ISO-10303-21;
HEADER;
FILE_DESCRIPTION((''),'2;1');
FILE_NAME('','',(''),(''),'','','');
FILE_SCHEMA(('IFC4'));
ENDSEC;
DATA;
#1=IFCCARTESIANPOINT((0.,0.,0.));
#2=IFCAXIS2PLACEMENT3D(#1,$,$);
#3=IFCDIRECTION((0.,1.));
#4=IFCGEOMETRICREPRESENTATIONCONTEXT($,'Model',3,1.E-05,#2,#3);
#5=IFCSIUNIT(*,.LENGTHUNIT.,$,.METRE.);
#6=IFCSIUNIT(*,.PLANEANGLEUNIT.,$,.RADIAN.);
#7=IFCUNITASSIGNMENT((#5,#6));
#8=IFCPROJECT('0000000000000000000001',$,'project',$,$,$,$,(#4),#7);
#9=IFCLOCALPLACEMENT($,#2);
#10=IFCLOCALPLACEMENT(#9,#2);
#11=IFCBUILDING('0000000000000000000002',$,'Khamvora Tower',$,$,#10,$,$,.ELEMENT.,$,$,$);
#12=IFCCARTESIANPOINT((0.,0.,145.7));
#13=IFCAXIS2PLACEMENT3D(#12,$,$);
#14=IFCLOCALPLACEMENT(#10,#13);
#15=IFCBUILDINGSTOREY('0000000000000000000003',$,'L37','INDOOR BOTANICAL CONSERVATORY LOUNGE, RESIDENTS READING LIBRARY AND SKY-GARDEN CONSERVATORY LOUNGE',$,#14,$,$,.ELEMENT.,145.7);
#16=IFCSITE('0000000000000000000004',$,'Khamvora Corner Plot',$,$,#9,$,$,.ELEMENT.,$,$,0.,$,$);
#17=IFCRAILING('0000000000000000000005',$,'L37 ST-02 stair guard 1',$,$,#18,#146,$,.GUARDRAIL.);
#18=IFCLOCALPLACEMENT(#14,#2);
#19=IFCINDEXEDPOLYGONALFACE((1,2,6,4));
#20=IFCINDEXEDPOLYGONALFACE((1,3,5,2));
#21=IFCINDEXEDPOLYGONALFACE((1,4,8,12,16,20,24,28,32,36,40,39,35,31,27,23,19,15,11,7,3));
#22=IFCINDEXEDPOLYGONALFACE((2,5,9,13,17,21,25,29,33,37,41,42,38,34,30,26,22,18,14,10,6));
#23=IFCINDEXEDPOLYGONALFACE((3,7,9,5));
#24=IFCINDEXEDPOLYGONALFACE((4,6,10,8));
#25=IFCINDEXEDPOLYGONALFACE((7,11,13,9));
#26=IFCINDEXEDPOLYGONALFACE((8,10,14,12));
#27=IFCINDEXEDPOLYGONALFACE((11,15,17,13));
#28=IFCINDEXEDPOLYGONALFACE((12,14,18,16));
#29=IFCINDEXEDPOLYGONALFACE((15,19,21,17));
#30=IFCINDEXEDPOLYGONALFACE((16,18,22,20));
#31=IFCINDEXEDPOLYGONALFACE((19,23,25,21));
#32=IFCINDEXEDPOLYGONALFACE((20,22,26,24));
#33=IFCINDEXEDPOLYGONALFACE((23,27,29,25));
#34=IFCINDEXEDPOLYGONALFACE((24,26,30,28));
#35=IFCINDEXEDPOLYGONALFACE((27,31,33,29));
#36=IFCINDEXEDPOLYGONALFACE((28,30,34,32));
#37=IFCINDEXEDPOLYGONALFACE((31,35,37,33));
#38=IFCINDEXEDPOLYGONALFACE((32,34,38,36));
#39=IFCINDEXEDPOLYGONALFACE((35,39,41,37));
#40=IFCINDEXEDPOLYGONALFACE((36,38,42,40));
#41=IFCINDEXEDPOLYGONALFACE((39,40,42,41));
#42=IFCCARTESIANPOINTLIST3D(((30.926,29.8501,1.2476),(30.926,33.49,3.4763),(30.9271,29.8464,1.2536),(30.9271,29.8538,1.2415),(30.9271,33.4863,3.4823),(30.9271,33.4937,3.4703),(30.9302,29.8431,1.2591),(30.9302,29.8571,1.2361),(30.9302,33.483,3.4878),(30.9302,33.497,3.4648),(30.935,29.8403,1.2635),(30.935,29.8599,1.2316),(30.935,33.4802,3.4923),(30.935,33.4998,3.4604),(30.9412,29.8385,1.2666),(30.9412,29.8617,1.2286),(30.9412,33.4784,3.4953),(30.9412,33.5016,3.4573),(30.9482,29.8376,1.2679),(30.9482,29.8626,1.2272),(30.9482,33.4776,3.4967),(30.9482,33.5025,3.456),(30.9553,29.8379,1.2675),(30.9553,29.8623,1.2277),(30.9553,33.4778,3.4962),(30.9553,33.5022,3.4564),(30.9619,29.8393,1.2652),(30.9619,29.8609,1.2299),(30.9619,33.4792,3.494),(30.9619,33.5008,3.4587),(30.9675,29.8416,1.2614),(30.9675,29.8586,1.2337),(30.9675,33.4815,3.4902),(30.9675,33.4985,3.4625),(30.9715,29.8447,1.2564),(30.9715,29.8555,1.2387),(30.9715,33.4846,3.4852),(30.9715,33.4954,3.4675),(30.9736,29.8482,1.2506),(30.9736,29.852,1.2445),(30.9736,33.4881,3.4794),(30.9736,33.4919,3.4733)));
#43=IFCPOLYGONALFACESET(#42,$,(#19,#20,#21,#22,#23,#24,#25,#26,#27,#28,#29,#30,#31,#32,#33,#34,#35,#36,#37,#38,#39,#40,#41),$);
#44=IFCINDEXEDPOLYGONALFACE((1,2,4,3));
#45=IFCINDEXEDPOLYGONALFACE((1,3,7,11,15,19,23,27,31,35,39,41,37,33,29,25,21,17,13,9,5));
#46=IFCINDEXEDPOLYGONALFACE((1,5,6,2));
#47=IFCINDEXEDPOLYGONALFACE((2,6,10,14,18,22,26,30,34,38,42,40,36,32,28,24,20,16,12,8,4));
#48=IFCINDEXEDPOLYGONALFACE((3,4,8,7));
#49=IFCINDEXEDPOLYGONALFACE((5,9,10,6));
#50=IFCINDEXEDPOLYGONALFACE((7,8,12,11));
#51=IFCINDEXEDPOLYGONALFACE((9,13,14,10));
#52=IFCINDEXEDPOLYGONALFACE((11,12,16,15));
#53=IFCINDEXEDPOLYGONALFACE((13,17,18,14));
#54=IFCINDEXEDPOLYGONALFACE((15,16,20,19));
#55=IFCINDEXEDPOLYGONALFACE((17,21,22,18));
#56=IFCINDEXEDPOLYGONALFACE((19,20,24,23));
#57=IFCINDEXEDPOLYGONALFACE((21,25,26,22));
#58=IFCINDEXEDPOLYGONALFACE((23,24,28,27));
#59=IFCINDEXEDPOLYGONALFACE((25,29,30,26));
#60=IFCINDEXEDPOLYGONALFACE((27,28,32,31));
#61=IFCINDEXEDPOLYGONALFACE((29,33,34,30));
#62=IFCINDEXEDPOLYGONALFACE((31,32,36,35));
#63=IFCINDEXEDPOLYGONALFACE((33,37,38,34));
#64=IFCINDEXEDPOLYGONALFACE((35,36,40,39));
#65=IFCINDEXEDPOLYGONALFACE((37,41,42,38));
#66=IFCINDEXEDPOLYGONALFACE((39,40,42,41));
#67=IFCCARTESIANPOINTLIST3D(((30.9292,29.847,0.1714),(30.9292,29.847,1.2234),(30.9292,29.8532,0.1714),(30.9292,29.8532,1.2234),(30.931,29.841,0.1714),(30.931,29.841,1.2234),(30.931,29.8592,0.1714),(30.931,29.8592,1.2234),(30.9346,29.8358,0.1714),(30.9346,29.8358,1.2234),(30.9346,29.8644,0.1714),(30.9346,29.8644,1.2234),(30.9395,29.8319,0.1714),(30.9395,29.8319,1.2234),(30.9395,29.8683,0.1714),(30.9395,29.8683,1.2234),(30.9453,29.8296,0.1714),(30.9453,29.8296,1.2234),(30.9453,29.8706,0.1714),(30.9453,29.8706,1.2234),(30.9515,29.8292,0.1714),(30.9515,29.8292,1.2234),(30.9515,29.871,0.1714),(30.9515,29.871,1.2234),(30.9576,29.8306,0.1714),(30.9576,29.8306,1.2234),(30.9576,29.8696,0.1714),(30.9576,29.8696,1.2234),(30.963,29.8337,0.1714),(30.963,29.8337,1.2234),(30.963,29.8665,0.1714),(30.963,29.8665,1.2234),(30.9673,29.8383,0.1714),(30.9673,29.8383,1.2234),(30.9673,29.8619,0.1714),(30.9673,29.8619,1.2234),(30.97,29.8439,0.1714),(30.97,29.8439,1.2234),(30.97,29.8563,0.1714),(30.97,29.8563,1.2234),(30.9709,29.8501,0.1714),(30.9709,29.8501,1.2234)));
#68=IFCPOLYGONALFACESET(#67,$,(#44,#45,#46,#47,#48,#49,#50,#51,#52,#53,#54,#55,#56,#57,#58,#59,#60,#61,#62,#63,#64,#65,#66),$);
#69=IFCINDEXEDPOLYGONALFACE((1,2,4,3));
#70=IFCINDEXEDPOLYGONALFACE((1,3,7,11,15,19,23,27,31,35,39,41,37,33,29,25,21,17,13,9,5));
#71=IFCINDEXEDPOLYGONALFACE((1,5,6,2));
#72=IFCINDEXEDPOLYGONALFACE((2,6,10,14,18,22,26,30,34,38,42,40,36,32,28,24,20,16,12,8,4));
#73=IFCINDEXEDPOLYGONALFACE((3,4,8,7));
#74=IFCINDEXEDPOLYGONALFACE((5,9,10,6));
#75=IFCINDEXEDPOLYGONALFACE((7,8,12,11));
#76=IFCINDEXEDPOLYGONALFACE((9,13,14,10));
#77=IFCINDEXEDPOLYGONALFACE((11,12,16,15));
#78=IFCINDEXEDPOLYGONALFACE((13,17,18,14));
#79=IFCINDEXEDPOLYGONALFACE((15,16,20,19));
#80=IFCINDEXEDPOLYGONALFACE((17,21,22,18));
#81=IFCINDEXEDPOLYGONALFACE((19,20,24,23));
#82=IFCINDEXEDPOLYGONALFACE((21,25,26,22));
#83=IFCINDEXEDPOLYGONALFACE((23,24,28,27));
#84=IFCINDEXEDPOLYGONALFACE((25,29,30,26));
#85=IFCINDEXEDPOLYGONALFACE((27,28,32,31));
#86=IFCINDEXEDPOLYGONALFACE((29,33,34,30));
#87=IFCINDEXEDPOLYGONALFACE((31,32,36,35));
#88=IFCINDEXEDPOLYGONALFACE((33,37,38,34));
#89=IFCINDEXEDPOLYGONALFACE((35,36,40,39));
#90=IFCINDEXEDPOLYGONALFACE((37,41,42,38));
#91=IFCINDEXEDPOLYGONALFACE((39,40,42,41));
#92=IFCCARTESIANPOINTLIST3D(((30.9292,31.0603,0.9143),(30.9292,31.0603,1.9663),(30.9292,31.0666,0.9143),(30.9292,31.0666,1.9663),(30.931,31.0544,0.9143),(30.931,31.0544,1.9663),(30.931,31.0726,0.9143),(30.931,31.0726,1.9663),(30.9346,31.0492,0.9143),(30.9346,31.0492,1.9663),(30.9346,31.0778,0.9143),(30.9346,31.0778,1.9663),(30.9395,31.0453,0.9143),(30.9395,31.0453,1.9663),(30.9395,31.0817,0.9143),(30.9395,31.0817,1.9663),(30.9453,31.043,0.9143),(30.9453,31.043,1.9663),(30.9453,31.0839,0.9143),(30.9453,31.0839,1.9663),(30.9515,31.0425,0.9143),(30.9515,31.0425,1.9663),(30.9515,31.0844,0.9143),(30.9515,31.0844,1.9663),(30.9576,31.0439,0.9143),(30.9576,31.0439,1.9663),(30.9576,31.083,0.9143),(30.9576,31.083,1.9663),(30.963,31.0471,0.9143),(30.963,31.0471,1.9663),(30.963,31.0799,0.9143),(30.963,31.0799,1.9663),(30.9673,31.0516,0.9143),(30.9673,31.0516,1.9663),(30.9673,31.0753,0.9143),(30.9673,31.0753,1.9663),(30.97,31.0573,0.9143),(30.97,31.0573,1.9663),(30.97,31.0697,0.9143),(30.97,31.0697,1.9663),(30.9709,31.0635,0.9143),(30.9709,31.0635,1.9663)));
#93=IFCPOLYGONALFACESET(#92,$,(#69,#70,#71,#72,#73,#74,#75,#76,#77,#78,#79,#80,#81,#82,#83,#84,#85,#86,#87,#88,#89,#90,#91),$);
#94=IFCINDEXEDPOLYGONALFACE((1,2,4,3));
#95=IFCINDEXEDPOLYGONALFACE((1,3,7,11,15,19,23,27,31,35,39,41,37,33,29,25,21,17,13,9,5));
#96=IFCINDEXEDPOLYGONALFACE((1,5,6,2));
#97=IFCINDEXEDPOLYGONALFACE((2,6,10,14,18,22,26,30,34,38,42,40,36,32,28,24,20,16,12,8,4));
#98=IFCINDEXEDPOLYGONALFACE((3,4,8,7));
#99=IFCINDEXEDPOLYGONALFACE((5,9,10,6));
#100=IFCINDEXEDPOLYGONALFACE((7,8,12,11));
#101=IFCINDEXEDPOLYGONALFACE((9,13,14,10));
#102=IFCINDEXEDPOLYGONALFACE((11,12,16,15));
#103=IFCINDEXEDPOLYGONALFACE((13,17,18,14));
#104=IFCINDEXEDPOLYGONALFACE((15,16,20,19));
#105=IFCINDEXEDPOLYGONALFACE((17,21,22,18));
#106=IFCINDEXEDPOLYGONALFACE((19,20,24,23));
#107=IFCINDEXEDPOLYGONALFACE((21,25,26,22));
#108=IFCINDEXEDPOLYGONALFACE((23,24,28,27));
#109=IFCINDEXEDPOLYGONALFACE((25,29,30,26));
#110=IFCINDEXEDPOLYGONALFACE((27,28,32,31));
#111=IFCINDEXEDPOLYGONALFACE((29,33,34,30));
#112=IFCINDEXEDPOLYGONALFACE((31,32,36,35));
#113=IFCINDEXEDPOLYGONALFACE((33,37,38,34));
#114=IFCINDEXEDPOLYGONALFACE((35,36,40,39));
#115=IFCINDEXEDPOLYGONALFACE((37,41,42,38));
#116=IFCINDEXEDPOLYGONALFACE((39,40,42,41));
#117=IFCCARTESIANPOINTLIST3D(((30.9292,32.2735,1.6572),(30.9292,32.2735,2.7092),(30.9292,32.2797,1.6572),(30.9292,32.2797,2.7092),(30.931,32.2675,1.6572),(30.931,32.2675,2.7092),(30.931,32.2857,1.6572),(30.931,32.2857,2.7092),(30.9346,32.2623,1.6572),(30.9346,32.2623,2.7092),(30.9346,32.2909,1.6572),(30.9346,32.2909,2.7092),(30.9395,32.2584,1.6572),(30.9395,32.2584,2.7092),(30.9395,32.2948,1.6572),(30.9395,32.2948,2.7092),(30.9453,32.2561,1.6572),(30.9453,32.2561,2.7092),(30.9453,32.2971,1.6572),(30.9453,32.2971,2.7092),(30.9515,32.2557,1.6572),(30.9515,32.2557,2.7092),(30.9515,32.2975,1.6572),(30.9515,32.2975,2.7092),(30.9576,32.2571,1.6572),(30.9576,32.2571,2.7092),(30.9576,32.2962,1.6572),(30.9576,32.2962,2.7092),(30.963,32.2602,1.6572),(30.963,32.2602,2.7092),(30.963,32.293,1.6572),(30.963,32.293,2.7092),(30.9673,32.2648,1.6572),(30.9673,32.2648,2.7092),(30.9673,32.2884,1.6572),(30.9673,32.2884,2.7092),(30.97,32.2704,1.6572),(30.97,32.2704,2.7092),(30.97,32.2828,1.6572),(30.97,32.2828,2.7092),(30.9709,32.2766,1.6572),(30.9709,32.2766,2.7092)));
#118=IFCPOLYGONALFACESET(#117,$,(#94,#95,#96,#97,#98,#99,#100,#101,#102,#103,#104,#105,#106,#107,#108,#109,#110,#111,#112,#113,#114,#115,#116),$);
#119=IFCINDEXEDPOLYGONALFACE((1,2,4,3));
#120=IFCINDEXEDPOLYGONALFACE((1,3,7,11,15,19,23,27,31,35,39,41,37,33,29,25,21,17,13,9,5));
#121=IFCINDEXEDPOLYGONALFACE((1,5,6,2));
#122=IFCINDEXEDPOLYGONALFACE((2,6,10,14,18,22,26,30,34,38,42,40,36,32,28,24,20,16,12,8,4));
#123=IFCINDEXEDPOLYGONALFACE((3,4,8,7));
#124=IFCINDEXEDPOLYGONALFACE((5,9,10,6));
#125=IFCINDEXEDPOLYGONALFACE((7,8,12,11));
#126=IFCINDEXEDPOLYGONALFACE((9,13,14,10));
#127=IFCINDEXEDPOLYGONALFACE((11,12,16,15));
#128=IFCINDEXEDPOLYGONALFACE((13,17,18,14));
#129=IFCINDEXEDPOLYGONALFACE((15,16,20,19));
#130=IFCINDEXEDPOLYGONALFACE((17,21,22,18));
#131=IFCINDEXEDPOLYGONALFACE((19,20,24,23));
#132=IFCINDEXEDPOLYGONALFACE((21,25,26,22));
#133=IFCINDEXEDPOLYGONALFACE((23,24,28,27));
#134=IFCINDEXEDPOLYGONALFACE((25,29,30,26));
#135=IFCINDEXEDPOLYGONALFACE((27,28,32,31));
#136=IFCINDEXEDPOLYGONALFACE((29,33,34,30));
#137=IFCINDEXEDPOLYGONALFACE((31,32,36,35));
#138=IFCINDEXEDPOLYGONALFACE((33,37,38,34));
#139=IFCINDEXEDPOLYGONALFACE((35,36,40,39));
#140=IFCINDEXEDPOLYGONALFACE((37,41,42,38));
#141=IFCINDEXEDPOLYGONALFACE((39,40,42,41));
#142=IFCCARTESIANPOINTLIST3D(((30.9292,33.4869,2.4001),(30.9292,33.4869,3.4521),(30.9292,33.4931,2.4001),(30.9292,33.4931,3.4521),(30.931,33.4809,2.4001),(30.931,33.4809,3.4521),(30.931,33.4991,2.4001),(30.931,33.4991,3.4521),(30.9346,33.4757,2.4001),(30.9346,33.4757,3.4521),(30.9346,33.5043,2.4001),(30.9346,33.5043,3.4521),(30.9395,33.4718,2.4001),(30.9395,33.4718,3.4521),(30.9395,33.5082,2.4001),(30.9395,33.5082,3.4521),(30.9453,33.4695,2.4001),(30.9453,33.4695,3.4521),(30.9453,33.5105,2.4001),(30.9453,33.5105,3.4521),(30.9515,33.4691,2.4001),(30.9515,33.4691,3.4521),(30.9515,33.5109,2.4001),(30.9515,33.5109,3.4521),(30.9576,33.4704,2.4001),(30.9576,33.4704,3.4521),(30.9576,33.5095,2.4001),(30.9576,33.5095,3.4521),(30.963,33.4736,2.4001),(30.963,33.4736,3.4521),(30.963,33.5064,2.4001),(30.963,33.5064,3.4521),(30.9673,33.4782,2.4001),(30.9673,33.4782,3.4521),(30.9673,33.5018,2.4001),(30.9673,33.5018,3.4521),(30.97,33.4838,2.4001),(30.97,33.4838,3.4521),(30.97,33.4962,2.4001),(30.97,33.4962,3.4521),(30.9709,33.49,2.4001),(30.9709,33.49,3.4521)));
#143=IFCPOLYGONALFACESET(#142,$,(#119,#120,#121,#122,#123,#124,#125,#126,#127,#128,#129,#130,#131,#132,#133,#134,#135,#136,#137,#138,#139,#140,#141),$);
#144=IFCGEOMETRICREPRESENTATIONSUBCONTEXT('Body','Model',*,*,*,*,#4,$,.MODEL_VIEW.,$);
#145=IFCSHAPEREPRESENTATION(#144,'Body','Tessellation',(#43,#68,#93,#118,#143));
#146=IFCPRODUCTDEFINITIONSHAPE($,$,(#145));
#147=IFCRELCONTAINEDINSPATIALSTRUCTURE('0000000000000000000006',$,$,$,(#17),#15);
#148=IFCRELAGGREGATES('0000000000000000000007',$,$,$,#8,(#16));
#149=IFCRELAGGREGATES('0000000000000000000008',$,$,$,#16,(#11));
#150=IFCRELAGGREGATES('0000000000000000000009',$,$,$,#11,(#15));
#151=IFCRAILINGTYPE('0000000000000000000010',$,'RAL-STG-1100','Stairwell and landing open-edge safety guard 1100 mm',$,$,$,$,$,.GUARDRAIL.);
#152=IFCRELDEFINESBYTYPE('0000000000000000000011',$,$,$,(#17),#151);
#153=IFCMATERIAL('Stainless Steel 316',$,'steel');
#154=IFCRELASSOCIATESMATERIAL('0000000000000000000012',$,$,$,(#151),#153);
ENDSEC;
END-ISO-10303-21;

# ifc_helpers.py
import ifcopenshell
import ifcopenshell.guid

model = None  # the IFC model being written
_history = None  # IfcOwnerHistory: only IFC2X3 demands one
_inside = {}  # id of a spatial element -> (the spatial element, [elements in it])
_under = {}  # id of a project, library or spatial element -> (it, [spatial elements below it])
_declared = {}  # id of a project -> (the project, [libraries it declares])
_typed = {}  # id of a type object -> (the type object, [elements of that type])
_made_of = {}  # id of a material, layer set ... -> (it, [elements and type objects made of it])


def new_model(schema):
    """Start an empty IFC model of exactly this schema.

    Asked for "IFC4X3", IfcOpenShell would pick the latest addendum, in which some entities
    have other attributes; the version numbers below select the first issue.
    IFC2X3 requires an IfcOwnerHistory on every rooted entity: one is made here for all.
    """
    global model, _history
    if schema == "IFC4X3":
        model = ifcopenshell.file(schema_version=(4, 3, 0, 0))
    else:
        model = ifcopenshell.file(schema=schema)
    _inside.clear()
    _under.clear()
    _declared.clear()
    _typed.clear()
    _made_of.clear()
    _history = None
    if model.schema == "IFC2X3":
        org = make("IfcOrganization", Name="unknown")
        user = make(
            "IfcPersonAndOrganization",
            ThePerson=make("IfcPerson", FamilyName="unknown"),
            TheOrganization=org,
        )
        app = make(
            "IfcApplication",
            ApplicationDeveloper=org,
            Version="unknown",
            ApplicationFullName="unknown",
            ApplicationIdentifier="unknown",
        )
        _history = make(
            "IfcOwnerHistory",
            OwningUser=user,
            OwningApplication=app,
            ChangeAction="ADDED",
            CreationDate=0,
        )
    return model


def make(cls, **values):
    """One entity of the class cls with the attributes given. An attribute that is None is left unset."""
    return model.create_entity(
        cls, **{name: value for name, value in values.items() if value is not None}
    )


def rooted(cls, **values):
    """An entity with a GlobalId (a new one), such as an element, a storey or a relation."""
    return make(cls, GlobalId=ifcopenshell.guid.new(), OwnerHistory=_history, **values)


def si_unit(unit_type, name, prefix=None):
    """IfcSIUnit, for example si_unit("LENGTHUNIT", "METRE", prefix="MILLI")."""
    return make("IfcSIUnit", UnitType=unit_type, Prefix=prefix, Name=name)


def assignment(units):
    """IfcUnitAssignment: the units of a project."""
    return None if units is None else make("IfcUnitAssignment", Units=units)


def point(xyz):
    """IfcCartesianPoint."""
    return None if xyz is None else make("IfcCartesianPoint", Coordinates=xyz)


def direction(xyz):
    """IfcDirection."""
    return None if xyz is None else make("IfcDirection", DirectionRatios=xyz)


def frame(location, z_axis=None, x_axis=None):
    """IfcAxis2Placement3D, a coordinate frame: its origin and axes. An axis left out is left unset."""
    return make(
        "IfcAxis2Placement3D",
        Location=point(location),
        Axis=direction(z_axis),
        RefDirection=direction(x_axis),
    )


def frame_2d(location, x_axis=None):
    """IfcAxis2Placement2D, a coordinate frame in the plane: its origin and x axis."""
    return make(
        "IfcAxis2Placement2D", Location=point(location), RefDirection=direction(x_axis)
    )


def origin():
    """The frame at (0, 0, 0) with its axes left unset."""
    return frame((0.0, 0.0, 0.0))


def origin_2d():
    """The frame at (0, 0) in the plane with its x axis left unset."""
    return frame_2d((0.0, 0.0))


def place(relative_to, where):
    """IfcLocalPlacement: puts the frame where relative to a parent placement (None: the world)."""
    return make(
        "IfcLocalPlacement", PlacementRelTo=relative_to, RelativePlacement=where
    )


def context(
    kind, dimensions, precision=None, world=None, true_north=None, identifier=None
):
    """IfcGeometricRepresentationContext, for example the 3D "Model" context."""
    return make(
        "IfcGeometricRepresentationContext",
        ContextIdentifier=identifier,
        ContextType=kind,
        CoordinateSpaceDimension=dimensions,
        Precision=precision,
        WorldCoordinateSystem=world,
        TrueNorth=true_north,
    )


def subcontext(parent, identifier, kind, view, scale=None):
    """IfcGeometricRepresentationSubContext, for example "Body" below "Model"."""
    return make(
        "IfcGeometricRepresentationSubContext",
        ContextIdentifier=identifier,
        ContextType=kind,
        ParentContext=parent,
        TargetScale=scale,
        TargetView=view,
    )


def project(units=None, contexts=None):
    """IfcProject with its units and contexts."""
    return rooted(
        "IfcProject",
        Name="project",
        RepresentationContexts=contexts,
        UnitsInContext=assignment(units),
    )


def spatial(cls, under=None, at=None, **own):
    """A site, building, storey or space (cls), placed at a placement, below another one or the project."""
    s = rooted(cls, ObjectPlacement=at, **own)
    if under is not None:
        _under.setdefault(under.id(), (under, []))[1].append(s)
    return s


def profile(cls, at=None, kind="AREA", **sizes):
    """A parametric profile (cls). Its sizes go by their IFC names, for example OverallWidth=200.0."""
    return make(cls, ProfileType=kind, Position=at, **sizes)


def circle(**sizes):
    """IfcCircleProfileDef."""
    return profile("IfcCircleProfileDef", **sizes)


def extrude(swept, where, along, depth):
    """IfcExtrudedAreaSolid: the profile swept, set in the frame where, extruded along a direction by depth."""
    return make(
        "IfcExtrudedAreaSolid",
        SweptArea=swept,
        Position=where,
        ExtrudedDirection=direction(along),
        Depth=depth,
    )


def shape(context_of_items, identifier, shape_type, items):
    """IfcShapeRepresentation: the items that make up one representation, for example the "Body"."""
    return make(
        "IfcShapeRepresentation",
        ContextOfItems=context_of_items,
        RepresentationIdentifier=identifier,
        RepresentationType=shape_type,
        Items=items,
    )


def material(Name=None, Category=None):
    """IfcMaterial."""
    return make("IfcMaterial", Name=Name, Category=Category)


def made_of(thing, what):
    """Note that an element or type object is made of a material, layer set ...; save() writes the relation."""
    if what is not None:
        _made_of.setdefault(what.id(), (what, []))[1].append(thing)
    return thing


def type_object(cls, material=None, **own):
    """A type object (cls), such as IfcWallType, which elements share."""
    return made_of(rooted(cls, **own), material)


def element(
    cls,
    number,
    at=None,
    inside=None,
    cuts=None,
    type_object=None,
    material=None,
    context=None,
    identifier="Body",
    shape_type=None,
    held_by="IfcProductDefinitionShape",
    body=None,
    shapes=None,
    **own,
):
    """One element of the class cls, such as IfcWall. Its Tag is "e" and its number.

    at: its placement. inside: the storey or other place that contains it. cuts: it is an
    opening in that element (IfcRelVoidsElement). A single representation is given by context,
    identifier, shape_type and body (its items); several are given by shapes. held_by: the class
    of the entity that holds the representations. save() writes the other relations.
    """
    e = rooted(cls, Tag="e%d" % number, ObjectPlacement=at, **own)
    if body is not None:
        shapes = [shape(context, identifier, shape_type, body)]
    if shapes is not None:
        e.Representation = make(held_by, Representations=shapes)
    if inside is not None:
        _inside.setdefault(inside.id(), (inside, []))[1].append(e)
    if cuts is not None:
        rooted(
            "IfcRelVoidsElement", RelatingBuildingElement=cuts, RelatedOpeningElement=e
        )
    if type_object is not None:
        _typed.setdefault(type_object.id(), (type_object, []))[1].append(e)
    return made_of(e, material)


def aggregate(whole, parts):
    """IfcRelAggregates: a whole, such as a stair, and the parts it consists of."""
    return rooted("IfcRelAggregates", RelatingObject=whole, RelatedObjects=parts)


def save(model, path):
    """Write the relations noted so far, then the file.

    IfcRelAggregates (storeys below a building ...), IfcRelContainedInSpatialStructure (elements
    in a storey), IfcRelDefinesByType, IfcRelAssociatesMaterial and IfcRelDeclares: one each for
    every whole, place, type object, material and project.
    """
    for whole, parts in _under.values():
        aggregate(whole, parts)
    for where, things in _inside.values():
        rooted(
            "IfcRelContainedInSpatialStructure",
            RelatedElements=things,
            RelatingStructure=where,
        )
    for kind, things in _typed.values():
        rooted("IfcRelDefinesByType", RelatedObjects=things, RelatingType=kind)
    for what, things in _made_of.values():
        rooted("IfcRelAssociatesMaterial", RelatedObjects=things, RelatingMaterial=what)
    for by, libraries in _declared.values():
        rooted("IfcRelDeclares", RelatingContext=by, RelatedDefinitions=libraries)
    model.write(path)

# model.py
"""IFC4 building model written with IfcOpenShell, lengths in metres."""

from ifc_helpers import new_model, si_unit, direction, frame, origin, origin_2d, place, context, subcontext, project, spatial, circle, extrude, material, type_object, element, save


model = new_model("IFC4")

# Units and contexts
model_context = context("Model", 3, precision=1e-05, world=origin(), true_north=direction((0.0, 1.0)))
body_context = subcontext(model_context, "Body", "Model", "MODEL_VIEW")
ifc_project = project(units=[si_unit("LENGTHUNIT", "METRE"), si_unit("PLANEANGLEUNIT", "RADIAN")], contexts=[model_context])

# Site, building, storey
site_placement = place(None, origin())
site = spatial("IfcSite", under=ifc_project, at=site_placement, Name="Khamvora Corner Plot", CompositionType="ELEMENT", RefElevation=0.0)
building_placement = place(site_placement, origin())
building = spatial("IfcBuilding", under=site, at=building_placement, Name="Khamvora Tower", CompositionType="ELEMENT")
storey_placement = place(building_placement, frame((0.0, 0.0, 145.7)))
storey = spatial("IfcBuildingStorey", under=building, at=storey_placement, Name="L37", Description="INDOOR BOTANICAL CONSERVATORY LOUNGE, RESIDENTS READING LIBRARY AND SKY-GARDEN CONSERVATORY LOUNGE", CompositionType="ELEMENT", Elevation=145.7)

# Railing
ifc_material_1 = material(Name="Stainless Steel 316", Category="steel")
railing_type_1 = type_object("IfcRailingType", Name="RAL-STG-1100", Description="Stairwell and landing open-edge safety guard 1100 mm", PredefinedType="GUARDRAIL", material=ifc_material_1)
railing_1_placement = place(storey_placement, frame((30.95, 29.8501, 0.1714)))
element("IfcRailing", 1, at=railing_1_placement, inside=storey, type_object=railing_type_1, Name="L37 ST-02 stair guard 1", PredefinedType="GUARDRAIL", context=body_context, shape_type="SweptSolid", body=[
    extrude(circle(Radius=0.0239, at=origin_2d()), frame((0.0, 0.0, 1.0762), z_axis=(0.0, 0.852825, 0.522197), x_axis=(-1.0, 0.0, 0.0)), (0.0, 0.0, 1.0), 4.2681),
    extrude(circle(Radius=0.021, at=origin_2d()), origin(), (0.0, 0.0, 1.0), 1.052),
    extrude(circle(Radius=0.021, at=origin_2d()), frame((0.0, 1.2134, 0.7429)), (0.0, 0.0, 1.0), 1.052),
    extrude(circle(Radius=0.021, at=origin_2d()), frame((0.0, 2.4265, 1.4858)), (0.0, 0.0, 1.0), 1.052),
    extrude(circle(Radius=0.021, at=origin_2d()), frame((0.0, 3.6399, 2.2288)), (0.0, 0.0, 1.0), 1.052),
])

save(model, "model.ifc")
